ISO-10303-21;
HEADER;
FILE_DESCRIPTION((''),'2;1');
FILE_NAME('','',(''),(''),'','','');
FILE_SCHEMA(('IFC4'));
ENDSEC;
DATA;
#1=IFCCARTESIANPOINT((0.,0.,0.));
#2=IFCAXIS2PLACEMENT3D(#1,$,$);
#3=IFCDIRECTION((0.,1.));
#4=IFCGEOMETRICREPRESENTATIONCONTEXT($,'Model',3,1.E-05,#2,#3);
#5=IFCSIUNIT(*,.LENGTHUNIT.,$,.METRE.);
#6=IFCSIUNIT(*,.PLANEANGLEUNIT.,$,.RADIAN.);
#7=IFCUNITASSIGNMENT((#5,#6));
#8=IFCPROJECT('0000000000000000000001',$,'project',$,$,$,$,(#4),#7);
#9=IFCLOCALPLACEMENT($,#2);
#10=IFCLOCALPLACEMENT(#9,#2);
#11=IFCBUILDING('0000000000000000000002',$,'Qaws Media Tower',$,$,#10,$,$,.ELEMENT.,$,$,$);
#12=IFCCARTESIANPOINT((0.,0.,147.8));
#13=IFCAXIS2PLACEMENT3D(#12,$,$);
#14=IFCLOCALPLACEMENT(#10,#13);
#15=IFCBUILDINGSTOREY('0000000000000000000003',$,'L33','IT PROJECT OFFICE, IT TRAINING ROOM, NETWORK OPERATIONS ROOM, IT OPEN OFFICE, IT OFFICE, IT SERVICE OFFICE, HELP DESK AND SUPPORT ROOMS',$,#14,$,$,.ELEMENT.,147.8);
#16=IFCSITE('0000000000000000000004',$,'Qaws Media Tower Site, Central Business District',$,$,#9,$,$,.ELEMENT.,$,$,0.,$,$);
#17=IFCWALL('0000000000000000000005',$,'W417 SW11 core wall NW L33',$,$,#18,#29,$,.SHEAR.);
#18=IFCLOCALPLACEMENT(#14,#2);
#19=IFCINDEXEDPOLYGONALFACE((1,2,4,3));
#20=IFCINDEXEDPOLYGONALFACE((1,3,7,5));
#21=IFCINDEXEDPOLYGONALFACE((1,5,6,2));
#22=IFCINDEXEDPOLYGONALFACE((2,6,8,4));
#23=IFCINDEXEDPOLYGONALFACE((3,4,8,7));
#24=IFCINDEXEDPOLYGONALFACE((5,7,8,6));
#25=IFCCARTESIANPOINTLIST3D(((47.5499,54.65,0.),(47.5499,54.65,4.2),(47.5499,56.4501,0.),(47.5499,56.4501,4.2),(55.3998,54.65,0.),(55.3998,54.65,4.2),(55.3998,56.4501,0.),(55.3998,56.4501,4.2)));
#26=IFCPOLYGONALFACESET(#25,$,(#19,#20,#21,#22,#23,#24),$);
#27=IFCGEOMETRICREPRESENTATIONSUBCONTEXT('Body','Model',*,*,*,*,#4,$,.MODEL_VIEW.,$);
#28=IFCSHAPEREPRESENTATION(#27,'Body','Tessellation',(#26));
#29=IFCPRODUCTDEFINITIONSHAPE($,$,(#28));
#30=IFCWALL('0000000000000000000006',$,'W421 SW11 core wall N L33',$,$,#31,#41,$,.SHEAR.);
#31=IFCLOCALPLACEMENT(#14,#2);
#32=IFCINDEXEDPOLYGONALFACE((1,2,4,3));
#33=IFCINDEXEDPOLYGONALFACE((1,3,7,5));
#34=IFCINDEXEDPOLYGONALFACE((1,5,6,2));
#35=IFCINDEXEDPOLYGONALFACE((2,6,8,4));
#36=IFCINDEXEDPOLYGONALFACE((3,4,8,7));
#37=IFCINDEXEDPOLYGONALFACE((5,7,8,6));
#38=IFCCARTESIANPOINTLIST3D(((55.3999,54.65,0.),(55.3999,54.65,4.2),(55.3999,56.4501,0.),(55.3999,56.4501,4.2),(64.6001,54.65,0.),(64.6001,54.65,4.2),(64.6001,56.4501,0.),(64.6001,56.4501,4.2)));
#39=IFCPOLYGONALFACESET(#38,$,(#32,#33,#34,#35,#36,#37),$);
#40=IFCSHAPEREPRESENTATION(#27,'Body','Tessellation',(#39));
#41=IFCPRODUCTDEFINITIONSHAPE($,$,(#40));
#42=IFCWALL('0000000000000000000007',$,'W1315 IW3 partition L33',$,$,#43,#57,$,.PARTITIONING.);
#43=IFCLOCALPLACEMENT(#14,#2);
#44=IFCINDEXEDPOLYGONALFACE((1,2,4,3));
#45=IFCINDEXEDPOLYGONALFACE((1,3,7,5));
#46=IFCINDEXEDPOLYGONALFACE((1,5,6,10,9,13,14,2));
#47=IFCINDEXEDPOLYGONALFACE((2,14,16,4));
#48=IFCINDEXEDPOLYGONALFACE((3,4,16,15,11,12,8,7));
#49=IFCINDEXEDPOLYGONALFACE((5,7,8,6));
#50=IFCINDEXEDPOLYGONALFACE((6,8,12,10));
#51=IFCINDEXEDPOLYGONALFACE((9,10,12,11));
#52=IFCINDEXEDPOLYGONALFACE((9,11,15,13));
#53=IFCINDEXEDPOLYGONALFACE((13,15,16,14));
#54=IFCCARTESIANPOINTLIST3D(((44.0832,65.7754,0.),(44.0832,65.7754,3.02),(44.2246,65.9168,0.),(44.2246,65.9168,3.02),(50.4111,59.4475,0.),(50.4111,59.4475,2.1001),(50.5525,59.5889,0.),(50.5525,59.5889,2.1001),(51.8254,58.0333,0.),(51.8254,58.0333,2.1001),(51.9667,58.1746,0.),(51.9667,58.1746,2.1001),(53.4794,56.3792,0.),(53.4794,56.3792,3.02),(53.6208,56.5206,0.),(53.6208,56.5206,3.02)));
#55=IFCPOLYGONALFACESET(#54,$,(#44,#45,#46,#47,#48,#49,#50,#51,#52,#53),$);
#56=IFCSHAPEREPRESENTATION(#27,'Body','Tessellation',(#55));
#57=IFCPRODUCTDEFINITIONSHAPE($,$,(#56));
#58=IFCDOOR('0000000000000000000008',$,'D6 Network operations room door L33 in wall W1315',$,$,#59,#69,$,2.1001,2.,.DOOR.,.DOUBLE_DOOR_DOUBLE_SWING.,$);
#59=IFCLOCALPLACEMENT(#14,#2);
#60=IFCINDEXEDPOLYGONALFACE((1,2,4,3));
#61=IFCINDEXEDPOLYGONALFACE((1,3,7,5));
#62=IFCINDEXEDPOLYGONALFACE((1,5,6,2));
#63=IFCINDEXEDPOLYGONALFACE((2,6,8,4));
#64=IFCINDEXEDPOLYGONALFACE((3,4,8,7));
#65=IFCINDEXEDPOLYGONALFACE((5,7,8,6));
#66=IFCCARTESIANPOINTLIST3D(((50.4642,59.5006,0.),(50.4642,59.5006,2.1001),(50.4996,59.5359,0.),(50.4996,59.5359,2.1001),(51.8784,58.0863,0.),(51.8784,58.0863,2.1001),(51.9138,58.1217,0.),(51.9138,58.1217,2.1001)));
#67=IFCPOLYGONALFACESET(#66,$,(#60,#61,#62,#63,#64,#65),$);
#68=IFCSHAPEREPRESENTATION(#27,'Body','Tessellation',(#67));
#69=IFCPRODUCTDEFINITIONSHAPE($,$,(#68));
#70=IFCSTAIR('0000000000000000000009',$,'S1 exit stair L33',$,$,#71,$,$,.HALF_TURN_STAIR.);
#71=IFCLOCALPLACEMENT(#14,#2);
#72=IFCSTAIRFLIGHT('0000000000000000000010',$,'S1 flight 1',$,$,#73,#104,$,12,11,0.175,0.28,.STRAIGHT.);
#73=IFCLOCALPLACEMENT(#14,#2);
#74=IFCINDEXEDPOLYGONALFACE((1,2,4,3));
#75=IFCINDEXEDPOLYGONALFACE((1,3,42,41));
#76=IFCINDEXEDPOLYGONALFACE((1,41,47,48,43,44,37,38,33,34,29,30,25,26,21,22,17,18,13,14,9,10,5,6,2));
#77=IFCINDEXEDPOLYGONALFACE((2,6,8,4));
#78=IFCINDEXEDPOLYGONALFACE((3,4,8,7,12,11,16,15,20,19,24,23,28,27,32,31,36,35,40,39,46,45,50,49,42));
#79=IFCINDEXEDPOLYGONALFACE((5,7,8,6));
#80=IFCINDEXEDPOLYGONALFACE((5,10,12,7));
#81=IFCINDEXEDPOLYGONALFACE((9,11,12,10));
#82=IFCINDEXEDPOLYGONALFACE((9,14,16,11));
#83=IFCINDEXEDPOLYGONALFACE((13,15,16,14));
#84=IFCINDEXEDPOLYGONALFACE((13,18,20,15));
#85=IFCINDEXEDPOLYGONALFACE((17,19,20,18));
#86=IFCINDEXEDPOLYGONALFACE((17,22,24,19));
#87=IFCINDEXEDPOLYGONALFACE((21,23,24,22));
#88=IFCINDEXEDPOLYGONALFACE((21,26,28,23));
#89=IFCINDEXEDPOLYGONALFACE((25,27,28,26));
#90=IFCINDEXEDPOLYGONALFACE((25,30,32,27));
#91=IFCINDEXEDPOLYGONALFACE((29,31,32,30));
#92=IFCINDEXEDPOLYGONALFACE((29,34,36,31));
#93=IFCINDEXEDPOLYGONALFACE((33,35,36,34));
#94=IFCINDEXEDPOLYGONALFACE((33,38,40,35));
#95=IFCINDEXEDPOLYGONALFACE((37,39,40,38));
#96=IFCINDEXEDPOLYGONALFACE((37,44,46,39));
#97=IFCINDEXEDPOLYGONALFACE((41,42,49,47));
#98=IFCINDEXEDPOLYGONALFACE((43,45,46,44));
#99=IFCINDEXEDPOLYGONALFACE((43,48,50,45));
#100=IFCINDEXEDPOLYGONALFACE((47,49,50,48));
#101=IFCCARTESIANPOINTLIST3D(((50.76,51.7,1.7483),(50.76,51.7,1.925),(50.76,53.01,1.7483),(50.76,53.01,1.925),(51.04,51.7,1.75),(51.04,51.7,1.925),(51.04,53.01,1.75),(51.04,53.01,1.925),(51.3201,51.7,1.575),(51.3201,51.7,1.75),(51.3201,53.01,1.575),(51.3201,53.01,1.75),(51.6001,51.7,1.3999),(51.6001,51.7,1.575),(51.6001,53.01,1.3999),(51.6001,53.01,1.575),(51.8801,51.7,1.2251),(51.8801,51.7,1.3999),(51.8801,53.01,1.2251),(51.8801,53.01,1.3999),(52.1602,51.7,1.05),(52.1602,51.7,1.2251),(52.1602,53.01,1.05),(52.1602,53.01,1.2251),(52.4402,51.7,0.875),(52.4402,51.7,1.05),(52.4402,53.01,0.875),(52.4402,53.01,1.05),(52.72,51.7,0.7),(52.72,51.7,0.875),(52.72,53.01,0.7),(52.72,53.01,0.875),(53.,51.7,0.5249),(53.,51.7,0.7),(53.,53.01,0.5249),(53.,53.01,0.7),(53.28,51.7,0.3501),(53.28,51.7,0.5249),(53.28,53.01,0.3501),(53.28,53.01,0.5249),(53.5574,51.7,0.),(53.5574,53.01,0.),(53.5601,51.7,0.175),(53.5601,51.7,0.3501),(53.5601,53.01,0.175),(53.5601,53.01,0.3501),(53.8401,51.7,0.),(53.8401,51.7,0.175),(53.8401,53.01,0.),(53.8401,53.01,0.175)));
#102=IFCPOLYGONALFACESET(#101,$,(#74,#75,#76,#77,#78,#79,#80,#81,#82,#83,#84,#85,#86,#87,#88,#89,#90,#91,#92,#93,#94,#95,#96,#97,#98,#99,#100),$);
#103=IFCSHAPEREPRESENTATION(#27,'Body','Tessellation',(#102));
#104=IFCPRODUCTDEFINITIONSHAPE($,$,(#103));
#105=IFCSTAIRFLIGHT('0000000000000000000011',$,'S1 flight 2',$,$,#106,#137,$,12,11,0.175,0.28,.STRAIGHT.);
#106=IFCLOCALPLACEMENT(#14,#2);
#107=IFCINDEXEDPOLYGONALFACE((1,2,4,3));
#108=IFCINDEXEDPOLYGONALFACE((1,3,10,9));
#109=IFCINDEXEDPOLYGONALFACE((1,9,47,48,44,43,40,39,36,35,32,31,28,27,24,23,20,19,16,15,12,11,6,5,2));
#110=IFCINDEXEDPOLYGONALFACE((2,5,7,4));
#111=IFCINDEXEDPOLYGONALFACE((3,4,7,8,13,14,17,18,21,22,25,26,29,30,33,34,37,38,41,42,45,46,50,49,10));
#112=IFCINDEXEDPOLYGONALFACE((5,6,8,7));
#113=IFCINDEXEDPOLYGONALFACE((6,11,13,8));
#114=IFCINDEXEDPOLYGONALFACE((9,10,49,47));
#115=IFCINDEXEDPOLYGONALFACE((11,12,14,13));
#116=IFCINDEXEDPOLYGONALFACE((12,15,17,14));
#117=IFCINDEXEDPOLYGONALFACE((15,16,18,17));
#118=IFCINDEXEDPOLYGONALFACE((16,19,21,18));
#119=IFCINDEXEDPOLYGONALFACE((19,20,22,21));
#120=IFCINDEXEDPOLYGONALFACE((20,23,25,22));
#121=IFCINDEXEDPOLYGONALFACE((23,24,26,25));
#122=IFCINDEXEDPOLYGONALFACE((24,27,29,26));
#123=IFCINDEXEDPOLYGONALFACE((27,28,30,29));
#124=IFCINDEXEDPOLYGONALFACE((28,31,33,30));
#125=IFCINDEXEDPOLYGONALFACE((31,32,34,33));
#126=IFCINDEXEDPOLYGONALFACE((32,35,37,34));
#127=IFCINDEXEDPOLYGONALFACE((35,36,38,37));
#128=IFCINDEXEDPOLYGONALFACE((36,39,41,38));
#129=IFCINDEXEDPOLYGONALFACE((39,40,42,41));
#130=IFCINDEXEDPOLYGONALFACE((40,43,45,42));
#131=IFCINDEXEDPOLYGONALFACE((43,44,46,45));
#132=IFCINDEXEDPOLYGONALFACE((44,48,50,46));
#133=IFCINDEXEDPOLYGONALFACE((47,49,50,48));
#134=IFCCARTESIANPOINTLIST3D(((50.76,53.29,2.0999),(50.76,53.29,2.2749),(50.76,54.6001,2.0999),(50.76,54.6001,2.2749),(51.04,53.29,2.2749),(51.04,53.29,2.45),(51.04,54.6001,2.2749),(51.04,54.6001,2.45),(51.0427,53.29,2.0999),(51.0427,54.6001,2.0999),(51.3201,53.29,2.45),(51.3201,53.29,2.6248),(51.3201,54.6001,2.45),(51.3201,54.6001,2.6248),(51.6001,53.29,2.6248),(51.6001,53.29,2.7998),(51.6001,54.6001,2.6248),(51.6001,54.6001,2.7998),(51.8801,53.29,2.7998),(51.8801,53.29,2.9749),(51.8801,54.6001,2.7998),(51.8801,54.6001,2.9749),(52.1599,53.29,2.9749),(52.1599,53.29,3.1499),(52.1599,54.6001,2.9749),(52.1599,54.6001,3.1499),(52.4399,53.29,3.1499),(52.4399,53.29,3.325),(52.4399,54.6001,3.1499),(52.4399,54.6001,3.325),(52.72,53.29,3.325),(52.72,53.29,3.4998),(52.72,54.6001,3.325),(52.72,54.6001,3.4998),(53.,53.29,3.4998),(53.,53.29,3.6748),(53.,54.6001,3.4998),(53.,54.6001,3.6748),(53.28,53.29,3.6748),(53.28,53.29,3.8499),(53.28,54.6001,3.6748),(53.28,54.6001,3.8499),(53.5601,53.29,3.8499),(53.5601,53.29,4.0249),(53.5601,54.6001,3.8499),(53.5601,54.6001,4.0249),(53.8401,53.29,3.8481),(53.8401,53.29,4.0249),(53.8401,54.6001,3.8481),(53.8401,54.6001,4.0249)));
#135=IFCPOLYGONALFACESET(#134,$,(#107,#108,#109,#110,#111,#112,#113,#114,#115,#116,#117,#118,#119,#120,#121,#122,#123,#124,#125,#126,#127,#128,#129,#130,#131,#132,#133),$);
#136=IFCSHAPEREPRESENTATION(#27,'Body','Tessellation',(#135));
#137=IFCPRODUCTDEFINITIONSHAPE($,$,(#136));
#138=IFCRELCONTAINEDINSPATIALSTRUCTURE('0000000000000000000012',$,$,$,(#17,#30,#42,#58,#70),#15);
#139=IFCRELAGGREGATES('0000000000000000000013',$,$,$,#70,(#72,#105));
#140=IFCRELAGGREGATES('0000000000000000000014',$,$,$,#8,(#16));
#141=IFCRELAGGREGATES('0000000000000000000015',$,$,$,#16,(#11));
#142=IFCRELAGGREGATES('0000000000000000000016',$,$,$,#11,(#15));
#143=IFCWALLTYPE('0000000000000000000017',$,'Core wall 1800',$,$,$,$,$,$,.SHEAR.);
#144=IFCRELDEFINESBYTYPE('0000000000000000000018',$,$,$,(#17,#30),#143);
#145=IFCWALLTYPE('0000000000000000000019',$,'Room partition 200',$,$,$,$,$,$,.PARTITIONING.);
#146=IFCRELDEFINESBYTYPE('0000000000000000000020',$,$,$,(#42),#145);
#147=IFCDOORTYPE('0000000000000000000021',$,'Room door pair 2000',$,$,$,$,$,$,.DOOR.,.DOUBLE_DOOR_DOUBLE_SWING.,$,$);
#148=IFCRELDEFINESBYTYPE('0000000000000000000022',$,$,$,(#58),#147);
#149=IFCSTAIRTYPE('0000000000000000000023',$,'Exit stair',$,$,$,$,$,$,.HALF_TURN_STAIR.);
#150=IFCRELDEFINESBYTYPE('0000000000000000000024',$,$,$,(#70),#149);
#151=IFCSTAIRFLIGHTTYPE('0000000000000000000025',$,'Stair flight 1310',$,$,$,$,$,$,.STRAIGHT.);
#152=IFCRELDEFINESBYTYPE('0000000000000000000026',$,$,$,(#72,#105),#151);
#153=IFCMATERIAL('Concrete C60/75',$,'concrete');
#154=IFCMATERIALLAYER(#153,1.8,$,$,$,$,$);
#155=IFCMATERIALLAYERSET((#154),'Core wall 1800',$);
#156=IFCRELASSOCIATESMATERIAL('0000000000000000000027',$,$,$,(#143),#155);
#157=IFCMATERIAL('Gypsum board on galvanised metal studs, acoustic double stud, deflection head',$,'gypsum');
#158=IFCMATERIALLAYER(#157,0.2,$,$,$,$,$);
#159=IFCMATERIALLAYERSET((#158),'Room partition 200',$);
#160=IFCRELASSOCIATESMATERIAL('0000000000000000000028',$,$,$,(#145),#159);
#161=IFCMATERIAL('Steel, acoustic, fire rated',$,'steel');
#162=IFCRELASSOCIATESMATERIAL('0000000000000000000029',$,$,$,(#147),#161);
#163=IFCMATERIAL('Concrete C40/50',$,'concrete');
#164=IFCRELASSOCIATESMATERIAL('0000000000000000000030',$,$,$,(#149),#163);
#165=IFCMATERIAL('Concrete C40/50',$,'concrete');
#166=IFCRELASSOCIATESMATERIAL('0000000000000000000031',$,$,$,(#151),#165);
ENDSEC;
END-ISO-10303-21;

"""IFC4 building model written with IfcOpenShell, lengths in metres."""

from ifc_helpers import new_model, si_unit, direction, frame, frame_2d, origin, place, context, subcontext, project, spatial, polyline, rectangle, outline, extrude, material, layer, layer_set, type_object, element, fill, aggregate, save


model = new_model("IFC4")

# Units and contexts
model_context = context("Model", 3, precision=1e-05, world=origin(), true_north=direction((0.0, 1.0)))
body_context = subcontext(model_context, "Body", "Model", "MODEL_VIEW")
ifc_project = project(units=[si_unit("LENGTHUNIT", "METRE"), si_unit("PLANEANGLEUNIT", "RADIAN")], contexts=[model_context])

# Site, building, storey
site_placement = place(None, origin())
site = spatial("IfcSite", under=ifc_project, at=site_placement, Name="Qaws Media Tower Site, Central Business District", CompositionType="ELEMENT", RefElevation=0.0)
building_placement = place(site_placement, origin())
building = spatial("IfcBuilding", under=site, at=building_placement, Name="Qaws Media Tower", CompositionType="ELEMENT")
storey_placement = place(building_placement, frame((0.0, 0.0, 147.8)))
storey = spatial("IfcBuildingStorey", under=building, at=storey_placement, Name="L33", Description="IT PROJECT OFFICE, IT TRAINING ROOM, NETWORK OPERATIONS ROOM, IT OPEN OFFICE, IT OFFICE, IT SERVICE OFFICE, HELP DESK AND SUPPORT ROOMS", CompositionType="ELEMENT", Elevation=147.8)

# Walls
ifc_material_1 = material(Name="Concrete C60/75", Category="concrete")
ifc_layer_1 = layer(ifc_material_1, 1.8)
ifc_layer_set_1 = layer_set([ifc_layer_1], Name="Core wall 1800")
wall_type_1 = type_object("IfcWallType", Name="Core wall 1800", PredefinedType="SHEAR", material=ifc_layer_set_1)
wall_1_placement = place(storey_placement, frame((47.55, 55.55, 0.0), z_axis=(0.0, 0.0, 1.0), x_axis=(1.0, 0.0, 0.0)))
element("IfcWall", 1, at=wall_1_placement, inside=storey, type_object=wall_type_1, Name="W417 SW11 core wall NW L33", PredefinedType="SHEAR", context=body_context, shape_type="SweptSolid", body=[
    extrude(rectangle(XDim=7.8499, YDim=1.8, at=frame_2d((3.9248, 0.0))), origin(), (0.0, 0.0, 1.0), 4.2),
])
wall_2_placement = place(storey_placement, frame((55.3999, 55.55, 0.0), z_axis=(0.0, 0.0, 1.0), x_axis=(1.0, 0.0, 0.0)))
element("IfcWall", 2, at=wall_2_placement, inside=storey, type_object=wall_type_1, Name="W421 SW11 core wall N L33", PredefinedType="SHEAR", context=body_context, shape_type="SweptSolid", body=[
    extrude(rectangle(XDim=9.2002, YDim=1.8, at=frame_2d((4.6001, 0.0))), origin(), (0.0, 0.0, 1.0), 4.2),
])

# Wall, opening, door
ifc_material_2 = material(Name="Gypsum board on galvanised metal studs, acoustic double stud, deflection head", Category="gypsum")
ifc_layer_2 = layer(ifc_material_2, 0.2)
ifc_layer_set_2 = layer_set([ifc_layer_2], Name="Room partition 200")
wall_type_2 = type_object("IfcWallType", Name="Room partition 200", PredefinedType="PARTITIONING", material=ifc_layer_set_2)
wall_3_placement = place(storey_placement, frame((53.55, 56.45, 0.0), z_axis=(0.0, 0.0, 1.0), x_axis=(-0.707107, 0.707107, 0.0)))
wall_3 = element("IfcWall", 3, at=wall_3_placement, inside=storey, type_object=wall_type_2, Name="W1315 IW3 partition L33", PredefinedType="PARTITIONING", context=body_context, shape_type="SweptSolid", body=[
    extrude(rectangle(XDim=13.2883, YDim=0.2, at=frame_2d((6.644, 0.0))), origin(), (0.0, 0.0, 1.0), 3.02),
])
opening_1_placement = place(wall_3_placement, frame((2.3391, 0.0, 0.0)))
opening_1 = element("IfcOpeningElement", 4, at=opening_1_placement, cuts=wall_3, PredefinedType="OPENING", context=body_context, shape_type="SweptSolid", body=[
    extrude(rectangle(XDim=2.0, YDim=2.1001, at=frame_2d((1.0, 1.05))), frame((0.0, 0.1099, 0.0), z_axis=(0.0, -1.0, 0.0), x_axis=(1.0, 0.0, 0.0)), (0.0, 0.0, 1.0), 0.22),
])
ifc_material_3 = material(Name="Steel, acoustic, fire rated", Category="steel")
door_type_1 = type_object("IfcDoorType", Name="Room door pair 2000", OperationType="DOUBLE_DOOR_DOUBLE_SWING", PredefinedType="DOOR", material=ifc_material_3)
door_1_placement = place(opening_1_placement, origin())
door_1 = element("IfcDoor", 5, at=door_1_placement, inside=storey, type_object=door_type_1, Name="D6 Network operations room door L33 in wall W1315", OperationType="DOUBLE_DOOR_DOUBLE_SWING", OverallHeight=2.1001, OverallWidth=2.0, PredefinedType="DOOR", context=body_context, shape_type="SweptSolid", body=[
    extrude(rectangle(XDim=2.0, YDim=2.1001, at=frame_2d((1.0, 1.05))), frame((0.0, 0.0249, 0.0), z_axis=(0.0, -1.0, 0.0), x_axis=(1.0, 0.0, 0.0)), (0.0, 0.0, 1.0), 0.05),
])
fill(opening_1, door_1)

# Stair, stair flights
ifc_material_4 = material(Name="Concrete C40/50", Category="concrete")
stair_type = type_object("IfcStairType", Name="Exit stair", PredefinedType="HALF_TURN_STAIR", material=ifc_material_4)
stair_placement = place(storey_placement, origin())
stair = element("IfcStair", 6, at=stair_placement, inside=storey, type_object=stair_type, Name="S1 exit stair L33", PredefinedType="HALF_TURN_STAIR")
ifc_material_5 = material(Name="Concrete C40/50", Category="concrete")
stair_flight_type = type_object("IfcStairFlightType", Name="Stair flight 1310", PredefinedType="STRAIGHT", material=ifc_material_5)
stair_flight_1_placement = place(storey_placement, frame((53.8401, 52.355, 0.0), z_axis=(0.0, 0.0, 1.0), x_axis=(-1.0, 0.0, 0.0)))
stair_flight_1 = element("IfcStairFlight", 7, at=stair_flight_1_placement, type_object=stair_flight_type, Name="S1 flight 1", NumberOfRisers=12, NumberOfTreads=11, PredefinedType="STRAIGHT", RiserHeight=0.175, TreadLength=0.28, context=body_context, shape_type="SweptSolid", body=[
    extrude(outline(polyline([(0.0, 0.0), (0.0, 0.175), (0.28, 0.175), (0.28, 0.3501), (0.5601, 0.3501), (0.5601, 0.5249), (0.8401, 0.5249), (0.8401, 0.7), (1.1201, 0.7), (1.1201, 0.875), (1.3999, 0.875), (1.3999, 1.05), (1.6799, 1.05), (1.6799, 1.2251), (1.96, 1.2251), (1.96, 1.3999), (2.24, 1.3999), (2.24, 1.575), (2.52, 1.575), (2.52, 1.75), (2.8, 1.75), (2.8, 1.925), (3.0801, 1.925), (3.0801, 2.1001), (3.0801, 1.7483), (0.2827, 0.0), (0.0, 0.0)])), frame((0.0, 0.655, 0.0), z_axis=(0.0, -1.0, 0.0), x_axis=(1.0, 0.0, 0.0)), (0.0, 0.0, 1.0), 1.3101),
])
stair_flight_2_placement = place(storey_placement, frame((50.76, 53.9451, 2.0999), z_axis=(0.0, 0.0, 1.0), x_axis=(1.0, 0.0, 0.0)))
stair_flight_2 = element("IfcStairFlight", 8, at=stair_flight_2_placement, type_object=stair_flight_type, Name="S1 flight 2", NumberOfRisers=12, NumberOfTreads=11, PredefinedType="STRAIGHT", RiserHeight=0.175, TreadLength=0.28, context=body_context, shape_type="SweptSolid", body=[
    extrude(outline(polyline([(0.0, 0.0), (0.0, 0.175), (0.28, 0.175), (0.28, 0.3501), (0.5601, 0.3501), (0.5601, 0.5249), (0.8401, 0.5249), (0.8401, 0.7), (1.1201, 0.7), (1.1201, 0.875), (1.3999, 0.875), (1.3999, 1.05), (1.6799, 1.05), (1.6799, 1.2251), (1.96, 1.2251), (1.96, 1.3999), (2.24, 1.3999), (2.24, 1.575), (2.52, 1.575), (2.52, 1.75), (2.8, 1.75), (2.8, 1.925), (3.0801, 1.925), (3.0801, 2.1001), (3.0801, 1.7483), (0.2827, 0.0), (0.0, 0.0)])), frame((0.0, 0.655, 0.0), z_axis=(0.0, -1.0, 0.0), x_axis=(1.0, 0.0, 0.0)), (0.0, 0.0, 1.0), 1.3101),
])
aggregate(stair, [stair_flight_1, stair_flight_2])

save(model, "model.ifc")
